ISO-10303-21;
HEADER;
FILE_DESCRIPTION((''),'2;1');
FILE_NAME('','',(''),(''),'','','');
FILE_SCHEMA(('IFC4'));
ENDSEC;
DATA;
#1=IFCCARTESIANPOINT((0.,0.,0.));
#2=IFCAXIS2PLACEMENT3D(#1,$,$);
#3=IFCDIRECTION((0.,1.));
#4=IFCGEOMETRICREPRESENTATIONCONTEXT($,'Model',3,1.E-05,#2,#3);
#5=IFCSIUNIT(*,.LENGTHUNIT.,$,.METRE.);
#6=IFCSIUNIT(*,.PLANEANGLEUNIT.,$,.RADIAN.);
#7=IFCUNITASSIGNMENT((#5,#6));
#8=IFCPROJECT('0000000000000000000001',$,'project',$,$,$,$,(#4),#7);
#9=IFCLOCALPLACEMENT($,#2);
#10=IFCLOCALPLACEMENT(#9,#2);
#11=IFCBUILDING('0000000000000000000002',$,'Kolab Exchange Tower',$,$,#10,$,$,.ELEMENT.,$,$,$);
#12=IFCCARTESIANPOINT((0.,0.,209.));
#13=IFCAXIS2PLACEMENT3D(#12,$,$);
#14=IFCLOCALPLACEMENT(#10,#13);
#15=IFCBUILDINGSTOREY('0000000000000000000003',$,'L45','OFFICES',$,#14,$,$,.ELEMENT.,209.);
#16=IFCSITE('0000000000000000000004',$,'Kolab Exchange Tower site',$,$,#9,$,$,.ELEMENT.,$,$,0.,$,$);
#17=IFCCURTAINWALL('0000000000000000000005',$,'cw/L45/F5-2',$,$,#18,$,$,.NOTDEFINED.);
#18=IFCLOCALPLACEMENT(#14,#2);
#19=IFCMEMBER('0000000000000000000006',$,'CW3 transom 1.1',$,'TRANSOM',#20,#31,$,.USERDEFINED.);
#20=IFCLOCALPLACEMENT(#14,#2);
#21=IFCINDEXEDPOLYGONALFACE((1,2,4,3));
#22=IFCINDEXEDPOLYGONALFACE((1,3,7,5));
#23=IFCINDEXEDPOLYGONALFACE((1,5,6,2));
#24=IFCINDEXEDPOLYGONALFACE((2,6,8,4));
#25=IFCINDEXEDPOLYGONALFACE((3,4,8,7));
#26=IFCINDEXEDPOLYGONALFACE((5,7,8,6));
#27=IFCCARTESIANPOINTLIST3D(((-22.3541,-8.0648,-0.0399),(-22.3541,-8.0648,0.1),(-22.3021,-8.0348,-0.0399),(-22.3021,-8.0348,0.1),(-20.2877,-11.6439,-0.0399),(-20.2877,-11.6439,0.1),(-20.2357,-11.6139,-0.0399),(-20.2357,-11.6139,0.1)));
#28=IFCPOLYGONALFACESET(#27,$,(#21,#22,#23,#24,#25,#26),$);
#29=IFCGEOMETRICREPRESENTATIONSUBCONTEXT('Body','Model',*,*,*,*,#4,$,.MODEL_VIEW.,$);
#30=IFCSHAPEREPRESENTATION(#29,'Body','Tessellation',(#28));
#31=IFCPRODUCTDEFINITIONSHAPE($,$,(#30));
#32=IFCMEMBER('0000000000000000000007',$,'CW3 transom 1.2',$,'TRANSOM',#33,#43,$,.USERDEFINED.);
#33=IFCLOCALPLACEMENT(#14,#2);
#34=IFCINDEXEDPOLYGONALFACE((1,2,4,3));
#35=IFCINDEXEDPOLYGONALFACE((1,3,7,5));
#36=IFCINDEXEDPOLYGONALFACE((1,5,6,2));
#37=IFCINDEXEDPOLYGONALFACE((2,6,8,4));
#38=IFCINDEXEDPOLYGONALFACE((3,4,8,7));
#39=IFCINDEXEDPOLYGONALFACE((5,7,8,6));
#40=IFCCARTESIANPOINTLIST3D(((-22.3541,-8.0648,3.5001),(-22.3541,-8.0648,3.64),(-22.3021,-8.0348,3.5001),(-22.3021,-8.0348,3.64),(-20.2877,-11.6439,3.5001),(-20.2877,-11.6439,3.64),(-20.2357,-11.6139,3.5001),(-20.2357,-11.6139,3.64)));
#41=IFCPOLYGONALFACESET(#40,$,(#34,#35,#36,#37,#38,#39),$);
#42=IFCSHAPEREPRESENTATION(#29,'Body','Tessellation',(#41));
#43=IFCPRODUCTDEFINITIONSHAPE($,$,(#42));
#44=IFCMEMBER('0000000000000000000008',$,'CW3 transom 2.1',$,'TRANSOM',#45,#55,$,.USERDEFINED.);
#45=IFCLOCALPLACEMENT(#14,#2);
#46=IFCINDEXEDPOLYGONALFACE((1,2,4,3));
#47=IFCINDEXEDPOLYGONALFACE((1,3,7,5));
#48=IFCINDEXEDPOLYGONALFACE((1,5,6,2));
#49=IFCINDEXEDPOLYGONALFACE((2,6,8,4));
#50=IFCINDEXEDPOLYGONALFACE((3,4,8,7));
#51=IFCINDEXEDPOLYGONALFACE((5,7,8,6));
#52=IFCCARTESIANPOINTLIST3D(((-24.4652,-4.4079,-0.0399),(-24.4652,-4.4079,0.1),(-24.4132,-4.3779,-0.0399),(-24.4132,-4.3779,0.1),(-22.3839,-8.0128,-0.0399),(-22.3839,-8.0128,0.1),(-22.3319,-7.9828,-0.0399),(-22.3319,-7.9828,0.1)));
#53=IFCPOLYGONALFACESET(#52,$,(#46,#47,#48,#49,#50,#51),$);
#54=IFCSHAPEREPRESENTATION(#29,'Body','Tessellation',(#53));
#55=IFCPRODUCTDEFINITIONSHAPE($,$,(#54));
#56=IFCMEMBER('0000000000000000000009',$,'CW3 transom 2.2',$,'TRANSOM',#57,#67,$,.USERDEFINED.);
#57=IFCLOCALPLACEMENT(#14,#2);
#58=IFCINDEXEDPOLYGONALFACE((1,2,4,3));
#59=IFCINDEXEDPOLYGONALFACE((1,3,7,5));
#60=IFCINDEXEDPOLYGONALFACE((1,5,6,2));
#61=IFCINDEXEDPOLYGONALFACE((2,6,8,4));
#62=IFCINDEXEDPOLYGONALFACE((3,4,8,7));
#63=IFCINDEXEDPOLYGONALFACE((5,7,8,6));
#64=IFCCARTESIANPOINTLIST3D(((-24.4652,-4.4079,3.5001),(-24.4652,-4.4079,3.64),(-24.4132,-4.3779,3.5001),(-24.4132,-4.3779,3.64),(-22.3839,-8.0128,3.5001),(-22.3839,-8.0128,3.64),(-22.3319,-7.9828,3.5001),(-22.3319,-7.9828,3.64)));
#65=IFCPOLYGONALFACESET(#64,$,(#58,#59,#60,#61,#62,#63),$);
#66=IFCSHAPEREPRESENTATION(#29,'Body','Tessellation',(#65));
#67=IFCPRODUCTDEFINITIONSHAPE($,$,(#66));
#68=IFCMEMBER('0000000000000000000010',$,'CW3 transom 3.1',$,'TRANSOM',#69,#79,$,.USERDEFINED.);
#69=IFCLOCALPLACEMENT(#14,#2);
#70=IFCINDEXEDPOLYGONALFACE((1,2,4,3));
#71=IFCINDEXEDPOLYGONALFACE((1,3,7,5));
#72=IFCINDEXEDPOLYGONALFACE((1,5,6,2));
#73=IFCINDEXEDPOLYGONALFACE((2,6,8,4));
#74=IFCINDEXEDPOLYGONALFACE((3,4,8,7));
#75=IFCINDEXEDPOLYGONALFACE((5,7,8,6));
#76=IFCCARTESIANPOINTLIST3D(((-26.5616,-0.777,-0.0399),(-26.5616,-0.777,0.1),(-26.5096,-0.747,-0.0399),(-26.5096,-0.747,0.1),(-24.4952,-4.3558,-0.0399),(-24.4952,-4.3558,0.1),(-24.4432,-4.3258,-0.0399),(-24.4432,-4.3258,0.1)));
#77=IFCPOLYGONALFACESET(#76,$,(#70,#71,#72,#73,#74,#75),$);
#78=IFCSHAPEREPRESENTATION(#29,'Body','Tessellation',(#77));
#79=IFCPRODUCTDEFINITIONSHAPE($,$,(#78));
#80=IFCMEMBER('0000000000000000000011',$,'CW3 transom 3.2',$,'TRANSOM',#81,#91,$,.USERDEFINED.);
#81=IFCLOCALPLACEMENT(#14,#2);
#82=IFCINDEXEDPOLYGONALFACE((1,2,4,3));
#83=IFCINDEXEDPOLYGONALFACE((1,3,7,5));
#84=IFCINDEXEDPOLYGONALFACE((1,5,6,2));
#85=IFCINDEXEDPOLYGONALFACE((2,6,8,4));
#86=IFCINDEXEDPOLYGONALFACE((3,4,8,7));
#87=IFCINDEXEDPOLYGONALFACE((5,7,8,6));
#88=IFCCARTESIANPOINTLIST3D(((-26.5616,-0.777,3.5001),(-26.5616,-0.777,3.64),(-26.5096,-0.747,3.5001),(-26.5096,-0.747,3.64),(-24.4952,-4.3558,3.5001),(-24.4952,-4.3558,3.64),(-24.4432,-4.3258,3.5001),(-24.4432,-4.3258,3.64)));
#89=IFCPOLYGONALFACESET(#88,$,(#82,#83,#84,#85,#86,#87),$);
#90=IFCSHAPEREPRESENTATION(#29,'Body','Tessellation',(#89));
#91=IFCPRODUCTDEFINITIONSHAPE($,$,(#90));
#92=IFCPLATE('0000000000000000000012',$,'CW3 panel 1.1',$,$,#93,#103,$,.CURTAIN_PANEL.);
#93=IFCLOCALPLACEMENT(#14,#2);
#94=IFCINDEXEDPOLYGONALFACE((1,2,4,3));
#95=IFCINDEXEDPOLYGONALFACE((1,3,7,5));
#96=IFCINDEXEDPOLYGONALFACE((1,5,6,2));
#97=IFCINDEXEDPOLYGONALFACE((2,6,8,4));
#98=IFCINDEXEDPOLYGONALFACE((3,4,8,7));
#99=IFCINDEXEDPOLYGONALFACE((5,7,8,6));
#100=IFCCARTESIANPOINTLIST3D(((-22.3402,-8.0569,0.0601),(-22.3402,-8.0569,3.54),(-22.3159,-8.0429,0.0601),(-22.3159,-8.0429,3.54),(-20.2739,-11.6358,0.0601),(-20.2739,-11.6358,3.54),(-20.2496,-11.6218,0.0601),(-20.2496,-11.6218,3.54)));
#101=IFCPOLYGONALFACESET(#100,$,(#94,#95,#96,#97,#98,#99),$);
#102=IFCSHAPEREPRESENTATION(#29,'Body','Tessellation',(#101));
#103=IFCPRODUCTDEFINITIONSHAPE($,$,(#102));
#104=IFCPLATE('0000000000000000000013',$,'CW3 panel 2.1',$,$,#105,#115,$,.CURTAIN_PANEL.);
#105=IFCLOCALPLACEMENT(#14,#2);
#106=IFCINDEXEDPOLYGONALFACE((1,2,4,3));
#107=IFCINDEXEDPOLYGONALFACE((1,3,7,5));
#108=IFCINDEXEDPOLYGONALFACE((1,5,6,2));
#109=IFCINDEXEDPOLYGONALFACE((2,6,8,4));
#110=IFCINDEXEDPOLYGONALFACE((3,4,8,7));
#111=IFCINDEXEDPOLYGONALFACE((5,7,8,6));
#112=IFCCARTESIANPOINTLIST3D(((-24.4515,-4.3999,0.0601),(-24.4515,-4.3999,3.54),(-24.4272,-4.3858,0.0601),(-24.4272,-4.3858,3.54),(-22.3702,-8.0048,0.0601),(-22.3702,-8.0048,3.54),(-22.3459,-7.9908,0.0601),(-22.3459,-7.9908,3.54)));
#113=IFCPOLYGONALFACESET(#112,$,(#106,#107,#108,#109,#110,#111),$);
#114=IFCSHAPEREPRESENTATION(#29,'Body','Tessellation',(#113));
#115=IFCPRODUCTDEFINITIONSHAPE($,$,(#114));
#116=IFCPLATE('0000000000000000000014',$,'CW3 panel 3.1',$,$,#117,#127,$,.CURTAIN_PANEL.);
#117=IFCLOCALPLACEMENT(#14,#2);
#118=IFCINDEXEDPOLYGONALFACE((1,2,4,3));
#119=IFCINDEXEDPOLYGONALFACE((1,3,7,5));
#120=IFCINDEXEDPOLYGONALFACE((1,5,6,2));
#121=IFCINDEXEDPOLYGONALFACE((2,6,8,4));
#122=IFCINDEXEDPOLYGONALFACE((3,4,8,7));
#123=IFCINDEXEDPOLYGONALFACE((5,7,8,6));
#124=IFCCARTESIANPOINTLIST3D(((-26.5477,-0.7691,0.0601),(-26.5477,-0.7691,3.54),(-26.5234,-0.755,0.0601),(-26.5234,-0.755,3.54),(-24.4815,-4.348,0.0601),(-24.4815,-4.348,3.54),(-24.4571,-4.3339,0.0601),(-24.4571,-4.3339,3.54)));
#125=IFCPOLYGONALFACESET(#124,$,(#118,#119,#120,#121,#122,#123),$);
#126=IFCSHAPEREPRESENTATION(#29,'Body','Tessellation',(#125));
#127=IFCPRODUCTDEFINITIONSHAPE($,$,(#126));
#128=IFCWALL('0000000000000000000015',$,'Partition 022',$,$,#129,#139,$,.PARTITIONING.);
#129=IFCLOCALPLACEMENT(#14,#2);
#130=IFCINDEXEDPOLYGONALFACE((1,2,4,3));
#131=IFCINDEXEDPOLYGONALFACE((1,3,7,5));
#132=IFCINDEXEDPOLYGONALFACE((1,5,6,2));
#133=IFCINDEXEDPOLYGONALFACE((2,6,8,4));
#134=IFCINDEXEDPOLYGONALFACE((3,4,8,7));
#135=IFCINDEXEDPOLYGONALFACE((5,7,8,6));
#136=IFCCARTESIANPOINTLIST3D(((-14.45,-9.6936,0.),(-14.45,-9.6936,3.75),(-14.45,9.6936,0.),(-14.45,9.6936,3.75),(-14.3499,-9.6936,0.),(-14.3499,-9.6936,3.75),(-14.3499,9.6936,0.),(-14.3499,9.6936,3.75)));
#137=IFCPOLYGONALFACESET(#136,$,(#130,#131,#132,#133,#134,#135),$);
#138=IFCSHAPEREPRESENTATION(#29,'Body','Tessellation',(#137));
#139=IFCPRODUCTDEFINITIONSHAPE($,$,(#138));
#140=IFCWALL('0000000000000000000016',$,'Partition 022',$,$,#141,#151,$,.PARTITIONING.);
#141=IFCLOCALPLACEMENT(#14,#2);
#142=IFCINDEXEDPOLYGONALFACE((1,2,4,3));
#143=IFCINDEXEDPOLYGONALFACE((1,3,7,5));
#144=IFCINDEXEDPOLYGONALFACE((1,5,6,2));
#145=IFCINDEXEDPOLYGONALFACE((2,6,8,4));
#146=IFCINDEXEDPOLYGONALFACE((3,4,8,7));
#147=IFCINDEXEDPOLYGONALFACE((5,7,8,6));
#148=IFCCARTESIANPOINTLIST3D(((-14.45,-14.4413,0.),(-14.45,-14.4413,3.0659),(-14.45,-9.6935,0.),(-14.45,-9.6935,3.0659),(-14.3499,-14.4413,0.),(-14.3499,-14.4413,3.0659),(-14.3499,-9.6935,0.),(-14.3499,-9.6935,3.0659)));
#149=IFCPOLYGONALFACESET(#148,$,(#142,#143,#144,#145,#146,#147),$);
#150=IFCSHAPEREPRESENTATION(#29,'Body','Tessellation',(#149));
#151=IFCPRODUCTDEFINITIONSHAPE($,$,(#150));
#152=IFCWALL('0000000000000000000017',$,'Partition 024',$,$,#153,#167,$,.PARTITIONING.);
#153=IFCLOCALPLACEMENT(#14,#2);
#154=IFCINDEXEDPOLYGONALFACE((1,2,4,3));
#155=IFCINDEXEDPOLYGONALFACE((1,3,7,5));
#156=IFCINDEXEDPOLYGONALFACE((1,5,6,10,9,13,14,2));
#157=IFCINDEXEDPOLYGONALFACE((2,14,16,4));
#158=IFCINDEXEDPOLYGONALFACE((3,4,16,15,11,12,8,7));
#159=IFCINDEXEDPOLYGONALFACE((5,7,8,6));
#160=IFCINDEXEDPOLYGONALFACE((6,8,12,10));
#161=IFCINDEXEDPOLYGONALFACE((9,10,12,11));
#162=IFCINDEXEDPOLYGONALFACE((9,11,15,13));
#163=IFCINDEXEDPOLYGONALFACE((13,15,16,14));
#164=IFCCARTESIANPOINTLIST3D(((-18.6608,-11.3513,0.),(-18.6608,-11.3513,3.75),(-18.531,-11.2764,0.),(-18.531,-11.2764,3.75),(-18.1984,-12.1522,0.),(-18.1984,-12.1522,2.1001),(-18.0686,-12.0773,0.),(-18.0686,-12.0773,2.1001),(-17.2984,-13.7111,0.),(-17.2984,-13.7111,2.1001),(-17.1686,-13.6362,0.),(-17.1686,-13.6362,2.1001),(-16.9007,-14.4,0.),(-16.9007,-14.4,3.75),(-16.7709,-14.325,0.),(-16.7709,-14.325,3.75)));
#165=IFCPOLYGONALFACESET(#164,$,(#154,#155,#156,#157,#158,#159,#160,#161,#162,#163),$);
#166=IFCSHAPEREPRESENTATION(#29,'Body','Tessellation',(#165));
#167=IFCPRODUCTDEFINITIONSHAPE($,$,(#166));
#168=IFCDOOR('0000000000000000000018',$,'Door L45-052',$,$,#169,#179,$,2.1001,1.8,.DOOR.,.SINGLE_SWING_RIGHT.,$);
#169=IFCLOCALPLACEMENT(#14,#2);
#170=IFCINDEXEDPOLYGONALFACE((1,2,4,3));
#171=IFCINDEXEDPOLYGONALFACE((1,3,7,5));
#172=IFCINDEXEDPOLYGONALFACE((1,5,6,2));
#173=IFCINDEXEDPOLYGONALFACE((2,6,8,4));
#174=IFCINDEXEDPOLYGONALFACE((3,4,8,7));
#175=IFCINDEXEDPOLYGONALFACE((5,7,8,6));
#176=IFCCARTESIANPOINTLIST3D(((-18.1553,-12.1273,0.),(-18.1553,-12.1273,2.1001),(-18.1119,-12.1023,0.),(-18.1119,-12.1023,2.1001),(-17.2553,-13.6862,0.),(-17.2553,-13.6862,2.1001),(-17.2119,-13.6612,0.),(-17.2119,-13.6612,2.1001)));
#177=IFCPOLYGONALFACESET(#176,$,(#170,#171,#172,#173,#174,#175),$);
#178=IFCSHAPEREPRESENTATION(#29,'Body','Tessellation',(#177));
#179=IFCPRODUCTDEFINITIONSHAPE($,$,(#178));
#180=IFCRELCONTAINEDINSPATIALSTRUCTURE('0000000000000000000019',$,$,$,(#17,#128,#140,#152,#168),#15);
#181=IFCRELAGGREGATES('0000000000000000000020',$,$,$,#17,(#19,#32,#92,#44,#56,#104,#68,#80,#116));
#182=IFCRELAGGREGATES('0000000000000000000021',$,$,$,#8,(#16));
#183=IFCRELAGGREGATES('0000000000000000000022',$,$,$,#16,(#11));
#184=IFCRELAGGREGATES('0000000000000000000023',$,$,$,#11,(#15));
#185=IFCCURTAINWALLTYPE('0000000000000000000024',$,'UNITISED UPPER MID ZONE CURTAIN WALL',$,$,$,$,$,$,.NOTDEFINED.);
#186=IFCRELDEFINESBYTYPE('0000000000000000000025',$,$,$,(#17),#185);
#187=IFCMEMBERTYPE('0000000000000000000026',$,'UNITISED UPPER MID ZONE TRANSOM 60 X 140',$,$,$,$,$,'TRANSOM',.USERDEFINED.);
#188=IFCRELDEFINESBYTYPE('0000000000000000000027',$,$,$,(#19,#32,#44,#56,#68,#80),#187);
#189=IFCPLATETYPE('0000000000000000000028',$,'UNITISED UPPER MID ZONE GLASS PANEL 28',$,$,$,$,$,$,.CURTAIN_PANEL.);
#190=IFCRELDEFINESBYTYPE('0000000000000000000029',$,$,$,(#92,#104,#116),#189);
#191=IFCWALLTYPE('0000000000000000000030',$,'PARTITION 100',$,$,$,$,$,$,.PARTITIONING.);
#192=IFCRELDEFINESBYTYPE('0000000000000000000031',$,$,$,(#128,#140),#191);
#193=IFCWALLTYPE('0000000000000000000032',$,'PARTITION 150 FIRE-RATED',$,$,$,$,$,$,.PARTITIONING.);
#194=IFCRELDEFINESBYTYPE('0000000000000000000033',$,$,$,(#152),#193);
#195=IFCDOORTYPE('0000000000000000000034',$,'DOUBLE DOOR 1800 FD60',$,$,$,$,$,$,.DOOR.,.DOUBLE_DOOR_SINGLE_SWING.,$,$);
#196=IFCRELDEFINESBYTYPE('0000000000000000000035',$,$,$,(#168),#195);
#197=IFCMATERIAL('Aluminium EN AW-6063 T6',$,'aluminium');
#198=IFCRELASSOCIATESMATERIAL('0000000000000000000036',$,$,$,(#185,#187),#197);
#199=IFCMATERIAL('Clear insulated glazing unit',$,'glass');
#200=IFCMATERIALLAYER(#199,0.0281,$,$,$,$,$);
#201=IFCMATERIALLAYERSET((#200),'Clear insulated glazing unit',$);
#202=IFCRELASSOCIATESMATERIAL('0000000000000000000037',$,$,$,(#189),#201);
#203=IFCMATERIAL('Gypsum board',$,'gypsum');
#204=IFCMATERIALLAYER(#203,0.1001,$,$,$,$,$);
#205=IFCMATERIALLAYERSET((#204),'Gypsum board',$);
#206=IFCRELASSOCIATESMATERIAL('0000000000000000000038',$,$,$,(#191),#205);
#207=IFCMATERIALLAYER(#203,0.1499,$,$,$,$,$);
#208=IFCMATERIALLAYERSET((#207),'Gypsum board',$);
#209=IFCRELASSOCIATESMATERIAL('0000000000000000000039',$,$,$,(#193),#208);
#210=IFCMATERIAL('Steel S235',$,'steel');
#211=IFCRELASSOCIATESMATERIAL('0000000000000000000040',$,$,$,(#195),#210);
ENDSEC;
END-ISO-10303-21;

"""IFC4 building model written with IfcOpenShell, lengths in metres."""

from ifc_helpers import new_model, si_unit, direction, frame, frame_2d, origin, origin_2d, place, context, subcontext, project, spatial, rectangle, extrude, material, layer, layer_set, material_profile, profile_set, type_object, element, fill, aggregate, save


model = new_model("IFC4")

# Units and contexts
model_context = context("Model", 3, precision=1e-05, world=origin(), true_north=direction((0.0, 1.0)))
body_context = subcontext(model_context, "Body", "Model", "MODEL_VIEW")
ifc_project = project(units=[si_unit("LENGTHUNIT", "METRE"), si_unit("PLANEANGLEUNIT", "RADIAN")], contexts=[model_context])

# Site, building, storey
site_placement = place(None, origin())
site = spatial("IfcSite", under=ifc_project, at=site_placement, Name="Kolab Exchange Tower site", CompositionType="ELEMENT", RefElevation=0.0)
building_placement = place(site_placement, origin())
building = spatial("IfcBuilding", under=site, at=building_placement, Name="Kolab Exchange Tower", CompositionType="ELEMENT")
storey_placement = place(building_placement, frame((0.0, 0.0, 209.0)))
storey = spatial("IfcBuildingStorey", under=building, at=storey_placement, Name="L45", Description="OFFICES", CompositionType="ELEMENT", Elevation=209.0)

# Curtain wall, members, plates
ifc_material_1 = material(Name="Aluminium EN AW-6063 T6", Category="aluminium")
curtain_wall_type = type_object("IfcCurtainWallType", Name="UNITISED UPPER MID ZONE CURTAIN WALL", PredefinedType="NOTDEFINED", material=ifc_material_1)
curtain_wall_placement = place(storey_placement, origin())
curtain_wall = element("IfcCurtainWall", 1, at=curtain_wall_placement, inside=storey, type_object=curtain_wall_type, Name="cw/L45/F5-2", PredefinedType="NOTDEFINED")
ifc_material_profile_1 = material_profile(ifc_material_1, rectangle(XDim=0.0601, YDim=0.1399, at=origin_2d()), Name="RECT 60X140")
ifc_profile_set_1 = profile_set([ifc_material_profile_1], Name="Aluminium EN AW-6063 T6")
member_type_1 = type_object("IfcMemberType", Name="UNITISED UPPER MID ZONE TRANSOM 60 X 140", ElementType="TRANSOM", PredefinedType="USERDEFINED", material=ifc_profile_set_1)
member_1_placement = place(storey_placement, frame((-20.2617, -11.6289, 0.03), z_axis=(-0.500002, 0.866024, 0.0), x_axis=(-0.866024, -0.500002, 0.0)))
member_1 = element("IfcMember", 2, at=member_1_placement, type_object=member_type_1, Name="CW3 transom 1.1", ObjectType="TRANSOM", PredefinedType="USERDEFINED", context=body_context, shape_type="SweptSolid", body=[
    extrude(rectangle(XDim=0.0601, YDim=0.1399, at=origin_2d()), origin(), (0.0, 0.0, 1.0), 4.1328),
])
member_2_placement = place(storey_placement, frame((-20.2617, -11.6289, 3.5701), z_axis=(-0.500002, 0.866024, 0.0), x_axis=(-0.866024, -0.500002, 0.0)))
member_2 = element("IfcMember", 3, at=member_2_placement, type_object=member_type_1, Name="CW3 transom 1.2", ObjectType="TRANSOM", PredefinedType="USERDEFINED", context=body_context, shape_type="SweptSolid", body=[
    extrude(rectangle(XDim=0.0601, YDim=0.1399, at=origin_2d()), origin(), (0.0, 0.0, 1.0), 4.1328),
])
member_3_placement = place(storey_placement, frame((-22.3579, -7.9978, 0.03), z_axis=(-0.499993, 0.866029, 0.0), x_axis=(-0.866029, -0.499993, 0.0)))
member_3 = element("IfcMember", 4, at=member_3_placement, type_object=member_type_1, Name="CW3 transom 2.1", ObjectType="TRANSOM", PredefinedType="USERDEFINED", context=body_context, shape_type="SweptSolid", body=[
    extrude(rectangle(XDim=0.0601, YDim=0.1399, at=origin_2d()), origin(), (0.0, 0.0, 1.0), 4.1626),
])
member_4_placement = place(storey_placement, frame((-22.3579, -7.9978, 3.5701), z_axis=(-0.499993, 0.866029, 0.0), x_axis=(-0.866029, -0.499993, 0.0)))
member_4 = element("IfcMember", 5, at=member_4_placement, type_object=member_type_1, Name="CW3 transom 2.2", ObjectType="TRANSOM", PredefinedType="USERDEFINED", context=body_context, shape_type="SweptSolid", body=[
    extrude(rectangle(XDim=0.0601, YDim=0.1399, at=origin_2d()), origin(), (0.0, 0.0, 1.0), 4.1626),
])
member_5_placement = place(storey_placement, frame((-24.4692, -4.3408, 0.03), z_axis=(-0.500028, 0.866009, 0.0), x_axis=(-0.866009, -0.500028, 0.0)))
member_5 = element("IfcMember", 6, at=member_5_placement, type_object=member_type_1, Name="CW3 transom 3.1", ObjectType="TRANSOM", PredefinedType="USERDEFINED", context=body_context, shape_type="SweptSolid", body=[
    extrude(rectangle(XDim=0.0601, YDim=0.1399, at=origin_2d()), origin(), (0.0, 0.0, 1.0), 4.1326),
])
member_6_placement = place(storey_placement, frame((-24.4692, -4.3408, 3.5701), z_axis=(-0.500028, 0.866009, 0.0), x_axis=(-0.866009, -0.500028, 0.0)))
member_6 = element("IfcMember", 7, at=member_6_placement, type_object=member_type_1, Name="CW3 transom 3.2", ObjectType="TRANSOM", PredefinedType="USERDEFINED", context=body_context, shape_type="SweptSolid", body=[
    extrude(rectangle(XDim=0.0601, YDim=0.1399, at=origin_2d()), origin(), (0.0, 0.0, 1.0), 4.1326),
])
ifc_material_2 = material(Name="Clear insulated glazing unit", Category="glass")
ifc_layer_1 = layer(ifc_material_2, 0.0281)
ifc_layer_set_1 = layer_set([ifc_layer_1], Name="Clear insulated glazing unit")
plate_type = type_object("IfcPlateType", Name="UNITISED UPPER MID ZONE GLASS PANEL 28", PredefinedType="CURTAIN_PANEL", material=ifc_layer_set_1)
plate_1_placement = place(storey_placement, frame((-21.2949, -9.8394, 0.0601), z_axis=(0.0, 0.0, 1.0), x_axis=(-0.5, 0.866025, 0.0)))
plate_1 = element("IfcPlate", 8, at=plate_1_placement, type_object=plate_type, Name="CW3 panel 1.1", PredefinedType="CURTAIN_PANEL", context=body_context, shape_type="SweptSolid", body=[
    extrude(rectangle(XDim=4.1326, YDim=0.0281, at=origin_2d()), origin(), (0.0, 0.0, 1.0), 3.48),
])
plate_2_placement = place(storey_placement, frame((-23.3987, -6.1953, 0.0601), z_axis=(0.0, 0.0, 1.0), x_axis=(-0.5, 0.866025, 0.0)))
plate_2 = element("IfcPlate", 9, at=plate_2_placement, type_object=plate_type, Name="CW3 panel 2.1", PredefinedType="CURTAIN_PANEL", context=body_context, shape_type="SweptSolid", body=[
    extrude(rectangle(XDim=4.1626, YDim=0.0281, at=origin_2d()), origin(), (0.0, 0.0, 1.0), 3.48),
])
plate_3_placement = place(storey_placement, frame((-25.5024, -2.5515, 0.0601), z_axis=(0.0, 0.0, 1.0), x_axis=(-0.5, 0.866025, 0.0)))
plate_3 = element("IfcPlate", 10, at=plate_3_placement, type_object=plate_type, Name="CW3 panel 3.1", PredefinedType="CURTAIN_PANEL", context=body_context, shape_type="SweptSolid", body=[
    extrude(rectangle(XDim=4.1326, YDim=0.0281, at=origin_2d()), origin(), (0.0, 0.0, 1.0), 3.48),
])
aggregate(curtain_wall, [member_1, member_2, plate_1, member_3, member_4, plate_2, member_5, member_6, plate_3])

# Walls
ifc_material_3 = material(Name="Gypsum board", Category="gypsum")
ifc_layer_2 = layer(ifc_material_3, 0.1001)
ifc_layer_set_2 = layer_set([ifc_layer_2], Name="Gypsum board")
wall_type_1 = type_object("IfcWallType", Name="PARTITION 100", PredefinedType="PARTITIONING", material=ifc_layer_set_2)
wall_1_placement = place(storey_placement, frame((-14.3999, -9.6936, 0.0), z_axis=(0.0, 0.0, 1.0), x_axis=(0.0, 1.0, 0.0)))
element("IfcWall", 11, at=wall_1_placement, inside=storey, type_object=wall_type_1, Name="Partition 022", PredefinedType="PARTITIONING", context=body_context, shape_type="SweptSolid", body=[
    extrude(rectangle(XDim=19.3872, YDim=0.1001, at=frame_2d((9.6936, 0.0))), origin(), (0.0, 0.0, 1.0), 3.75),
])
wall_2_placement = place(storey_placement, frame((-14.3999, -14.4414, 0.0), z_axis=(0.0, 0.0, 1.0), x_axis=(0.0, 1.0, 0.0)))
element("IfcWall", 12, at=wall_2_placement, inside=storey, type_object=wall_type_1, Name="Partition 022", PredefinedType="PARTITIONING", context=body_context, shape_type="SweptSolid", body=[
    extrude(rectangle(XDim=4.7478, YDim=0.1001, at=frame_2d((2.374, 0.0))), origin(), (0.0, 0.0, 1.0), 3.0659),
])

# Wall, opening, door
ifc_layer_3 = layer(ifc_material_3, 0.1499)
ifc_layer_set_3 = layer_set([ifc_layer_3], Name="Gypsum board")
wall_type_2 = type_object("IfcWallType", Name="PARTITION 150 FIRE-RATED", PredefinedType="PARTITIONING", material=ifc_layer_set_3)
wall_3_placement = place(storey_placement, frame((-18.5959, -11.3137, 0.0), z_axis=(0.0, 0.0, 1.0), x_axis=(0.499981, -0.866037, 0.0)))
wall_3 = element("IfcWall", 13, at=wall_3_placement, inside=storey, type_object=wall_type_2, Name="Partition 024", PredefinedType="PARTITIONING", context=body_context, shape_type="SweptSolid", body=[
    extrude(rectangle(XDim=3.5203, YDim=0.1499, at=frame_2d((1.7603, 0.0))), origin(), (0.0, 0.0, 1.0), 3.75),
])
opening_placement = place(wall_3_placement, frame((0.925, 0.0, 0.0)))
opening = element("IfcOpeningElement", 14, at=opening_placement, cuts=wall_3, PredefinedType="OPENING", context=body_context, shape_type="SweptSolid", body=[
    extrude(rectangle(XDim=1.8, YDim=2.1001, at=frame_2d((0.8999, 1.05))), frame((0.0, 0.085, 0.0), z_axis=(0.0, -1.0, 0.0), x_axis=(1.0, 0.0, 0.0)), (0.0, 0.0, 1.0), 0.1699),
])
ifc_material_4 = material(Name="Steel S235", Category="steel")
door_type = type_object("IfcDoorType", Name="DOUBLE DOOR 1800 FD60", OperationType="DOUBLE_DOOR_SINGLE_SWING", PredefinedType="DOOR", material=ifc_material_4)
door_placement = place(opening_placement, origin())
door = element("IfcDoor", 15, at=door_placement, inside=storey, type_object=door_type, Name="Door L45-052", OperationType="SINGLE_SWING_RIGHT", OverallHeight=2.1001, OverallWidth=1.8, PredefinedType="DOOR", context=body_context, shape_type="SweptSolid", body=[
    extrude(rectangle(XDim=1.8, YDim=2.1001, at=frame_2d((0.8999, 1.05))), frame((0.0, 0.0249, 0.0), z_axis=(0.0, -1.0, 0.0), x_axis=(1.0, 0.0, 0.0)), (0.0, 0.0, 1.0), 0.05),
])
fill(opening, door)

save(model, "model.ifc")
